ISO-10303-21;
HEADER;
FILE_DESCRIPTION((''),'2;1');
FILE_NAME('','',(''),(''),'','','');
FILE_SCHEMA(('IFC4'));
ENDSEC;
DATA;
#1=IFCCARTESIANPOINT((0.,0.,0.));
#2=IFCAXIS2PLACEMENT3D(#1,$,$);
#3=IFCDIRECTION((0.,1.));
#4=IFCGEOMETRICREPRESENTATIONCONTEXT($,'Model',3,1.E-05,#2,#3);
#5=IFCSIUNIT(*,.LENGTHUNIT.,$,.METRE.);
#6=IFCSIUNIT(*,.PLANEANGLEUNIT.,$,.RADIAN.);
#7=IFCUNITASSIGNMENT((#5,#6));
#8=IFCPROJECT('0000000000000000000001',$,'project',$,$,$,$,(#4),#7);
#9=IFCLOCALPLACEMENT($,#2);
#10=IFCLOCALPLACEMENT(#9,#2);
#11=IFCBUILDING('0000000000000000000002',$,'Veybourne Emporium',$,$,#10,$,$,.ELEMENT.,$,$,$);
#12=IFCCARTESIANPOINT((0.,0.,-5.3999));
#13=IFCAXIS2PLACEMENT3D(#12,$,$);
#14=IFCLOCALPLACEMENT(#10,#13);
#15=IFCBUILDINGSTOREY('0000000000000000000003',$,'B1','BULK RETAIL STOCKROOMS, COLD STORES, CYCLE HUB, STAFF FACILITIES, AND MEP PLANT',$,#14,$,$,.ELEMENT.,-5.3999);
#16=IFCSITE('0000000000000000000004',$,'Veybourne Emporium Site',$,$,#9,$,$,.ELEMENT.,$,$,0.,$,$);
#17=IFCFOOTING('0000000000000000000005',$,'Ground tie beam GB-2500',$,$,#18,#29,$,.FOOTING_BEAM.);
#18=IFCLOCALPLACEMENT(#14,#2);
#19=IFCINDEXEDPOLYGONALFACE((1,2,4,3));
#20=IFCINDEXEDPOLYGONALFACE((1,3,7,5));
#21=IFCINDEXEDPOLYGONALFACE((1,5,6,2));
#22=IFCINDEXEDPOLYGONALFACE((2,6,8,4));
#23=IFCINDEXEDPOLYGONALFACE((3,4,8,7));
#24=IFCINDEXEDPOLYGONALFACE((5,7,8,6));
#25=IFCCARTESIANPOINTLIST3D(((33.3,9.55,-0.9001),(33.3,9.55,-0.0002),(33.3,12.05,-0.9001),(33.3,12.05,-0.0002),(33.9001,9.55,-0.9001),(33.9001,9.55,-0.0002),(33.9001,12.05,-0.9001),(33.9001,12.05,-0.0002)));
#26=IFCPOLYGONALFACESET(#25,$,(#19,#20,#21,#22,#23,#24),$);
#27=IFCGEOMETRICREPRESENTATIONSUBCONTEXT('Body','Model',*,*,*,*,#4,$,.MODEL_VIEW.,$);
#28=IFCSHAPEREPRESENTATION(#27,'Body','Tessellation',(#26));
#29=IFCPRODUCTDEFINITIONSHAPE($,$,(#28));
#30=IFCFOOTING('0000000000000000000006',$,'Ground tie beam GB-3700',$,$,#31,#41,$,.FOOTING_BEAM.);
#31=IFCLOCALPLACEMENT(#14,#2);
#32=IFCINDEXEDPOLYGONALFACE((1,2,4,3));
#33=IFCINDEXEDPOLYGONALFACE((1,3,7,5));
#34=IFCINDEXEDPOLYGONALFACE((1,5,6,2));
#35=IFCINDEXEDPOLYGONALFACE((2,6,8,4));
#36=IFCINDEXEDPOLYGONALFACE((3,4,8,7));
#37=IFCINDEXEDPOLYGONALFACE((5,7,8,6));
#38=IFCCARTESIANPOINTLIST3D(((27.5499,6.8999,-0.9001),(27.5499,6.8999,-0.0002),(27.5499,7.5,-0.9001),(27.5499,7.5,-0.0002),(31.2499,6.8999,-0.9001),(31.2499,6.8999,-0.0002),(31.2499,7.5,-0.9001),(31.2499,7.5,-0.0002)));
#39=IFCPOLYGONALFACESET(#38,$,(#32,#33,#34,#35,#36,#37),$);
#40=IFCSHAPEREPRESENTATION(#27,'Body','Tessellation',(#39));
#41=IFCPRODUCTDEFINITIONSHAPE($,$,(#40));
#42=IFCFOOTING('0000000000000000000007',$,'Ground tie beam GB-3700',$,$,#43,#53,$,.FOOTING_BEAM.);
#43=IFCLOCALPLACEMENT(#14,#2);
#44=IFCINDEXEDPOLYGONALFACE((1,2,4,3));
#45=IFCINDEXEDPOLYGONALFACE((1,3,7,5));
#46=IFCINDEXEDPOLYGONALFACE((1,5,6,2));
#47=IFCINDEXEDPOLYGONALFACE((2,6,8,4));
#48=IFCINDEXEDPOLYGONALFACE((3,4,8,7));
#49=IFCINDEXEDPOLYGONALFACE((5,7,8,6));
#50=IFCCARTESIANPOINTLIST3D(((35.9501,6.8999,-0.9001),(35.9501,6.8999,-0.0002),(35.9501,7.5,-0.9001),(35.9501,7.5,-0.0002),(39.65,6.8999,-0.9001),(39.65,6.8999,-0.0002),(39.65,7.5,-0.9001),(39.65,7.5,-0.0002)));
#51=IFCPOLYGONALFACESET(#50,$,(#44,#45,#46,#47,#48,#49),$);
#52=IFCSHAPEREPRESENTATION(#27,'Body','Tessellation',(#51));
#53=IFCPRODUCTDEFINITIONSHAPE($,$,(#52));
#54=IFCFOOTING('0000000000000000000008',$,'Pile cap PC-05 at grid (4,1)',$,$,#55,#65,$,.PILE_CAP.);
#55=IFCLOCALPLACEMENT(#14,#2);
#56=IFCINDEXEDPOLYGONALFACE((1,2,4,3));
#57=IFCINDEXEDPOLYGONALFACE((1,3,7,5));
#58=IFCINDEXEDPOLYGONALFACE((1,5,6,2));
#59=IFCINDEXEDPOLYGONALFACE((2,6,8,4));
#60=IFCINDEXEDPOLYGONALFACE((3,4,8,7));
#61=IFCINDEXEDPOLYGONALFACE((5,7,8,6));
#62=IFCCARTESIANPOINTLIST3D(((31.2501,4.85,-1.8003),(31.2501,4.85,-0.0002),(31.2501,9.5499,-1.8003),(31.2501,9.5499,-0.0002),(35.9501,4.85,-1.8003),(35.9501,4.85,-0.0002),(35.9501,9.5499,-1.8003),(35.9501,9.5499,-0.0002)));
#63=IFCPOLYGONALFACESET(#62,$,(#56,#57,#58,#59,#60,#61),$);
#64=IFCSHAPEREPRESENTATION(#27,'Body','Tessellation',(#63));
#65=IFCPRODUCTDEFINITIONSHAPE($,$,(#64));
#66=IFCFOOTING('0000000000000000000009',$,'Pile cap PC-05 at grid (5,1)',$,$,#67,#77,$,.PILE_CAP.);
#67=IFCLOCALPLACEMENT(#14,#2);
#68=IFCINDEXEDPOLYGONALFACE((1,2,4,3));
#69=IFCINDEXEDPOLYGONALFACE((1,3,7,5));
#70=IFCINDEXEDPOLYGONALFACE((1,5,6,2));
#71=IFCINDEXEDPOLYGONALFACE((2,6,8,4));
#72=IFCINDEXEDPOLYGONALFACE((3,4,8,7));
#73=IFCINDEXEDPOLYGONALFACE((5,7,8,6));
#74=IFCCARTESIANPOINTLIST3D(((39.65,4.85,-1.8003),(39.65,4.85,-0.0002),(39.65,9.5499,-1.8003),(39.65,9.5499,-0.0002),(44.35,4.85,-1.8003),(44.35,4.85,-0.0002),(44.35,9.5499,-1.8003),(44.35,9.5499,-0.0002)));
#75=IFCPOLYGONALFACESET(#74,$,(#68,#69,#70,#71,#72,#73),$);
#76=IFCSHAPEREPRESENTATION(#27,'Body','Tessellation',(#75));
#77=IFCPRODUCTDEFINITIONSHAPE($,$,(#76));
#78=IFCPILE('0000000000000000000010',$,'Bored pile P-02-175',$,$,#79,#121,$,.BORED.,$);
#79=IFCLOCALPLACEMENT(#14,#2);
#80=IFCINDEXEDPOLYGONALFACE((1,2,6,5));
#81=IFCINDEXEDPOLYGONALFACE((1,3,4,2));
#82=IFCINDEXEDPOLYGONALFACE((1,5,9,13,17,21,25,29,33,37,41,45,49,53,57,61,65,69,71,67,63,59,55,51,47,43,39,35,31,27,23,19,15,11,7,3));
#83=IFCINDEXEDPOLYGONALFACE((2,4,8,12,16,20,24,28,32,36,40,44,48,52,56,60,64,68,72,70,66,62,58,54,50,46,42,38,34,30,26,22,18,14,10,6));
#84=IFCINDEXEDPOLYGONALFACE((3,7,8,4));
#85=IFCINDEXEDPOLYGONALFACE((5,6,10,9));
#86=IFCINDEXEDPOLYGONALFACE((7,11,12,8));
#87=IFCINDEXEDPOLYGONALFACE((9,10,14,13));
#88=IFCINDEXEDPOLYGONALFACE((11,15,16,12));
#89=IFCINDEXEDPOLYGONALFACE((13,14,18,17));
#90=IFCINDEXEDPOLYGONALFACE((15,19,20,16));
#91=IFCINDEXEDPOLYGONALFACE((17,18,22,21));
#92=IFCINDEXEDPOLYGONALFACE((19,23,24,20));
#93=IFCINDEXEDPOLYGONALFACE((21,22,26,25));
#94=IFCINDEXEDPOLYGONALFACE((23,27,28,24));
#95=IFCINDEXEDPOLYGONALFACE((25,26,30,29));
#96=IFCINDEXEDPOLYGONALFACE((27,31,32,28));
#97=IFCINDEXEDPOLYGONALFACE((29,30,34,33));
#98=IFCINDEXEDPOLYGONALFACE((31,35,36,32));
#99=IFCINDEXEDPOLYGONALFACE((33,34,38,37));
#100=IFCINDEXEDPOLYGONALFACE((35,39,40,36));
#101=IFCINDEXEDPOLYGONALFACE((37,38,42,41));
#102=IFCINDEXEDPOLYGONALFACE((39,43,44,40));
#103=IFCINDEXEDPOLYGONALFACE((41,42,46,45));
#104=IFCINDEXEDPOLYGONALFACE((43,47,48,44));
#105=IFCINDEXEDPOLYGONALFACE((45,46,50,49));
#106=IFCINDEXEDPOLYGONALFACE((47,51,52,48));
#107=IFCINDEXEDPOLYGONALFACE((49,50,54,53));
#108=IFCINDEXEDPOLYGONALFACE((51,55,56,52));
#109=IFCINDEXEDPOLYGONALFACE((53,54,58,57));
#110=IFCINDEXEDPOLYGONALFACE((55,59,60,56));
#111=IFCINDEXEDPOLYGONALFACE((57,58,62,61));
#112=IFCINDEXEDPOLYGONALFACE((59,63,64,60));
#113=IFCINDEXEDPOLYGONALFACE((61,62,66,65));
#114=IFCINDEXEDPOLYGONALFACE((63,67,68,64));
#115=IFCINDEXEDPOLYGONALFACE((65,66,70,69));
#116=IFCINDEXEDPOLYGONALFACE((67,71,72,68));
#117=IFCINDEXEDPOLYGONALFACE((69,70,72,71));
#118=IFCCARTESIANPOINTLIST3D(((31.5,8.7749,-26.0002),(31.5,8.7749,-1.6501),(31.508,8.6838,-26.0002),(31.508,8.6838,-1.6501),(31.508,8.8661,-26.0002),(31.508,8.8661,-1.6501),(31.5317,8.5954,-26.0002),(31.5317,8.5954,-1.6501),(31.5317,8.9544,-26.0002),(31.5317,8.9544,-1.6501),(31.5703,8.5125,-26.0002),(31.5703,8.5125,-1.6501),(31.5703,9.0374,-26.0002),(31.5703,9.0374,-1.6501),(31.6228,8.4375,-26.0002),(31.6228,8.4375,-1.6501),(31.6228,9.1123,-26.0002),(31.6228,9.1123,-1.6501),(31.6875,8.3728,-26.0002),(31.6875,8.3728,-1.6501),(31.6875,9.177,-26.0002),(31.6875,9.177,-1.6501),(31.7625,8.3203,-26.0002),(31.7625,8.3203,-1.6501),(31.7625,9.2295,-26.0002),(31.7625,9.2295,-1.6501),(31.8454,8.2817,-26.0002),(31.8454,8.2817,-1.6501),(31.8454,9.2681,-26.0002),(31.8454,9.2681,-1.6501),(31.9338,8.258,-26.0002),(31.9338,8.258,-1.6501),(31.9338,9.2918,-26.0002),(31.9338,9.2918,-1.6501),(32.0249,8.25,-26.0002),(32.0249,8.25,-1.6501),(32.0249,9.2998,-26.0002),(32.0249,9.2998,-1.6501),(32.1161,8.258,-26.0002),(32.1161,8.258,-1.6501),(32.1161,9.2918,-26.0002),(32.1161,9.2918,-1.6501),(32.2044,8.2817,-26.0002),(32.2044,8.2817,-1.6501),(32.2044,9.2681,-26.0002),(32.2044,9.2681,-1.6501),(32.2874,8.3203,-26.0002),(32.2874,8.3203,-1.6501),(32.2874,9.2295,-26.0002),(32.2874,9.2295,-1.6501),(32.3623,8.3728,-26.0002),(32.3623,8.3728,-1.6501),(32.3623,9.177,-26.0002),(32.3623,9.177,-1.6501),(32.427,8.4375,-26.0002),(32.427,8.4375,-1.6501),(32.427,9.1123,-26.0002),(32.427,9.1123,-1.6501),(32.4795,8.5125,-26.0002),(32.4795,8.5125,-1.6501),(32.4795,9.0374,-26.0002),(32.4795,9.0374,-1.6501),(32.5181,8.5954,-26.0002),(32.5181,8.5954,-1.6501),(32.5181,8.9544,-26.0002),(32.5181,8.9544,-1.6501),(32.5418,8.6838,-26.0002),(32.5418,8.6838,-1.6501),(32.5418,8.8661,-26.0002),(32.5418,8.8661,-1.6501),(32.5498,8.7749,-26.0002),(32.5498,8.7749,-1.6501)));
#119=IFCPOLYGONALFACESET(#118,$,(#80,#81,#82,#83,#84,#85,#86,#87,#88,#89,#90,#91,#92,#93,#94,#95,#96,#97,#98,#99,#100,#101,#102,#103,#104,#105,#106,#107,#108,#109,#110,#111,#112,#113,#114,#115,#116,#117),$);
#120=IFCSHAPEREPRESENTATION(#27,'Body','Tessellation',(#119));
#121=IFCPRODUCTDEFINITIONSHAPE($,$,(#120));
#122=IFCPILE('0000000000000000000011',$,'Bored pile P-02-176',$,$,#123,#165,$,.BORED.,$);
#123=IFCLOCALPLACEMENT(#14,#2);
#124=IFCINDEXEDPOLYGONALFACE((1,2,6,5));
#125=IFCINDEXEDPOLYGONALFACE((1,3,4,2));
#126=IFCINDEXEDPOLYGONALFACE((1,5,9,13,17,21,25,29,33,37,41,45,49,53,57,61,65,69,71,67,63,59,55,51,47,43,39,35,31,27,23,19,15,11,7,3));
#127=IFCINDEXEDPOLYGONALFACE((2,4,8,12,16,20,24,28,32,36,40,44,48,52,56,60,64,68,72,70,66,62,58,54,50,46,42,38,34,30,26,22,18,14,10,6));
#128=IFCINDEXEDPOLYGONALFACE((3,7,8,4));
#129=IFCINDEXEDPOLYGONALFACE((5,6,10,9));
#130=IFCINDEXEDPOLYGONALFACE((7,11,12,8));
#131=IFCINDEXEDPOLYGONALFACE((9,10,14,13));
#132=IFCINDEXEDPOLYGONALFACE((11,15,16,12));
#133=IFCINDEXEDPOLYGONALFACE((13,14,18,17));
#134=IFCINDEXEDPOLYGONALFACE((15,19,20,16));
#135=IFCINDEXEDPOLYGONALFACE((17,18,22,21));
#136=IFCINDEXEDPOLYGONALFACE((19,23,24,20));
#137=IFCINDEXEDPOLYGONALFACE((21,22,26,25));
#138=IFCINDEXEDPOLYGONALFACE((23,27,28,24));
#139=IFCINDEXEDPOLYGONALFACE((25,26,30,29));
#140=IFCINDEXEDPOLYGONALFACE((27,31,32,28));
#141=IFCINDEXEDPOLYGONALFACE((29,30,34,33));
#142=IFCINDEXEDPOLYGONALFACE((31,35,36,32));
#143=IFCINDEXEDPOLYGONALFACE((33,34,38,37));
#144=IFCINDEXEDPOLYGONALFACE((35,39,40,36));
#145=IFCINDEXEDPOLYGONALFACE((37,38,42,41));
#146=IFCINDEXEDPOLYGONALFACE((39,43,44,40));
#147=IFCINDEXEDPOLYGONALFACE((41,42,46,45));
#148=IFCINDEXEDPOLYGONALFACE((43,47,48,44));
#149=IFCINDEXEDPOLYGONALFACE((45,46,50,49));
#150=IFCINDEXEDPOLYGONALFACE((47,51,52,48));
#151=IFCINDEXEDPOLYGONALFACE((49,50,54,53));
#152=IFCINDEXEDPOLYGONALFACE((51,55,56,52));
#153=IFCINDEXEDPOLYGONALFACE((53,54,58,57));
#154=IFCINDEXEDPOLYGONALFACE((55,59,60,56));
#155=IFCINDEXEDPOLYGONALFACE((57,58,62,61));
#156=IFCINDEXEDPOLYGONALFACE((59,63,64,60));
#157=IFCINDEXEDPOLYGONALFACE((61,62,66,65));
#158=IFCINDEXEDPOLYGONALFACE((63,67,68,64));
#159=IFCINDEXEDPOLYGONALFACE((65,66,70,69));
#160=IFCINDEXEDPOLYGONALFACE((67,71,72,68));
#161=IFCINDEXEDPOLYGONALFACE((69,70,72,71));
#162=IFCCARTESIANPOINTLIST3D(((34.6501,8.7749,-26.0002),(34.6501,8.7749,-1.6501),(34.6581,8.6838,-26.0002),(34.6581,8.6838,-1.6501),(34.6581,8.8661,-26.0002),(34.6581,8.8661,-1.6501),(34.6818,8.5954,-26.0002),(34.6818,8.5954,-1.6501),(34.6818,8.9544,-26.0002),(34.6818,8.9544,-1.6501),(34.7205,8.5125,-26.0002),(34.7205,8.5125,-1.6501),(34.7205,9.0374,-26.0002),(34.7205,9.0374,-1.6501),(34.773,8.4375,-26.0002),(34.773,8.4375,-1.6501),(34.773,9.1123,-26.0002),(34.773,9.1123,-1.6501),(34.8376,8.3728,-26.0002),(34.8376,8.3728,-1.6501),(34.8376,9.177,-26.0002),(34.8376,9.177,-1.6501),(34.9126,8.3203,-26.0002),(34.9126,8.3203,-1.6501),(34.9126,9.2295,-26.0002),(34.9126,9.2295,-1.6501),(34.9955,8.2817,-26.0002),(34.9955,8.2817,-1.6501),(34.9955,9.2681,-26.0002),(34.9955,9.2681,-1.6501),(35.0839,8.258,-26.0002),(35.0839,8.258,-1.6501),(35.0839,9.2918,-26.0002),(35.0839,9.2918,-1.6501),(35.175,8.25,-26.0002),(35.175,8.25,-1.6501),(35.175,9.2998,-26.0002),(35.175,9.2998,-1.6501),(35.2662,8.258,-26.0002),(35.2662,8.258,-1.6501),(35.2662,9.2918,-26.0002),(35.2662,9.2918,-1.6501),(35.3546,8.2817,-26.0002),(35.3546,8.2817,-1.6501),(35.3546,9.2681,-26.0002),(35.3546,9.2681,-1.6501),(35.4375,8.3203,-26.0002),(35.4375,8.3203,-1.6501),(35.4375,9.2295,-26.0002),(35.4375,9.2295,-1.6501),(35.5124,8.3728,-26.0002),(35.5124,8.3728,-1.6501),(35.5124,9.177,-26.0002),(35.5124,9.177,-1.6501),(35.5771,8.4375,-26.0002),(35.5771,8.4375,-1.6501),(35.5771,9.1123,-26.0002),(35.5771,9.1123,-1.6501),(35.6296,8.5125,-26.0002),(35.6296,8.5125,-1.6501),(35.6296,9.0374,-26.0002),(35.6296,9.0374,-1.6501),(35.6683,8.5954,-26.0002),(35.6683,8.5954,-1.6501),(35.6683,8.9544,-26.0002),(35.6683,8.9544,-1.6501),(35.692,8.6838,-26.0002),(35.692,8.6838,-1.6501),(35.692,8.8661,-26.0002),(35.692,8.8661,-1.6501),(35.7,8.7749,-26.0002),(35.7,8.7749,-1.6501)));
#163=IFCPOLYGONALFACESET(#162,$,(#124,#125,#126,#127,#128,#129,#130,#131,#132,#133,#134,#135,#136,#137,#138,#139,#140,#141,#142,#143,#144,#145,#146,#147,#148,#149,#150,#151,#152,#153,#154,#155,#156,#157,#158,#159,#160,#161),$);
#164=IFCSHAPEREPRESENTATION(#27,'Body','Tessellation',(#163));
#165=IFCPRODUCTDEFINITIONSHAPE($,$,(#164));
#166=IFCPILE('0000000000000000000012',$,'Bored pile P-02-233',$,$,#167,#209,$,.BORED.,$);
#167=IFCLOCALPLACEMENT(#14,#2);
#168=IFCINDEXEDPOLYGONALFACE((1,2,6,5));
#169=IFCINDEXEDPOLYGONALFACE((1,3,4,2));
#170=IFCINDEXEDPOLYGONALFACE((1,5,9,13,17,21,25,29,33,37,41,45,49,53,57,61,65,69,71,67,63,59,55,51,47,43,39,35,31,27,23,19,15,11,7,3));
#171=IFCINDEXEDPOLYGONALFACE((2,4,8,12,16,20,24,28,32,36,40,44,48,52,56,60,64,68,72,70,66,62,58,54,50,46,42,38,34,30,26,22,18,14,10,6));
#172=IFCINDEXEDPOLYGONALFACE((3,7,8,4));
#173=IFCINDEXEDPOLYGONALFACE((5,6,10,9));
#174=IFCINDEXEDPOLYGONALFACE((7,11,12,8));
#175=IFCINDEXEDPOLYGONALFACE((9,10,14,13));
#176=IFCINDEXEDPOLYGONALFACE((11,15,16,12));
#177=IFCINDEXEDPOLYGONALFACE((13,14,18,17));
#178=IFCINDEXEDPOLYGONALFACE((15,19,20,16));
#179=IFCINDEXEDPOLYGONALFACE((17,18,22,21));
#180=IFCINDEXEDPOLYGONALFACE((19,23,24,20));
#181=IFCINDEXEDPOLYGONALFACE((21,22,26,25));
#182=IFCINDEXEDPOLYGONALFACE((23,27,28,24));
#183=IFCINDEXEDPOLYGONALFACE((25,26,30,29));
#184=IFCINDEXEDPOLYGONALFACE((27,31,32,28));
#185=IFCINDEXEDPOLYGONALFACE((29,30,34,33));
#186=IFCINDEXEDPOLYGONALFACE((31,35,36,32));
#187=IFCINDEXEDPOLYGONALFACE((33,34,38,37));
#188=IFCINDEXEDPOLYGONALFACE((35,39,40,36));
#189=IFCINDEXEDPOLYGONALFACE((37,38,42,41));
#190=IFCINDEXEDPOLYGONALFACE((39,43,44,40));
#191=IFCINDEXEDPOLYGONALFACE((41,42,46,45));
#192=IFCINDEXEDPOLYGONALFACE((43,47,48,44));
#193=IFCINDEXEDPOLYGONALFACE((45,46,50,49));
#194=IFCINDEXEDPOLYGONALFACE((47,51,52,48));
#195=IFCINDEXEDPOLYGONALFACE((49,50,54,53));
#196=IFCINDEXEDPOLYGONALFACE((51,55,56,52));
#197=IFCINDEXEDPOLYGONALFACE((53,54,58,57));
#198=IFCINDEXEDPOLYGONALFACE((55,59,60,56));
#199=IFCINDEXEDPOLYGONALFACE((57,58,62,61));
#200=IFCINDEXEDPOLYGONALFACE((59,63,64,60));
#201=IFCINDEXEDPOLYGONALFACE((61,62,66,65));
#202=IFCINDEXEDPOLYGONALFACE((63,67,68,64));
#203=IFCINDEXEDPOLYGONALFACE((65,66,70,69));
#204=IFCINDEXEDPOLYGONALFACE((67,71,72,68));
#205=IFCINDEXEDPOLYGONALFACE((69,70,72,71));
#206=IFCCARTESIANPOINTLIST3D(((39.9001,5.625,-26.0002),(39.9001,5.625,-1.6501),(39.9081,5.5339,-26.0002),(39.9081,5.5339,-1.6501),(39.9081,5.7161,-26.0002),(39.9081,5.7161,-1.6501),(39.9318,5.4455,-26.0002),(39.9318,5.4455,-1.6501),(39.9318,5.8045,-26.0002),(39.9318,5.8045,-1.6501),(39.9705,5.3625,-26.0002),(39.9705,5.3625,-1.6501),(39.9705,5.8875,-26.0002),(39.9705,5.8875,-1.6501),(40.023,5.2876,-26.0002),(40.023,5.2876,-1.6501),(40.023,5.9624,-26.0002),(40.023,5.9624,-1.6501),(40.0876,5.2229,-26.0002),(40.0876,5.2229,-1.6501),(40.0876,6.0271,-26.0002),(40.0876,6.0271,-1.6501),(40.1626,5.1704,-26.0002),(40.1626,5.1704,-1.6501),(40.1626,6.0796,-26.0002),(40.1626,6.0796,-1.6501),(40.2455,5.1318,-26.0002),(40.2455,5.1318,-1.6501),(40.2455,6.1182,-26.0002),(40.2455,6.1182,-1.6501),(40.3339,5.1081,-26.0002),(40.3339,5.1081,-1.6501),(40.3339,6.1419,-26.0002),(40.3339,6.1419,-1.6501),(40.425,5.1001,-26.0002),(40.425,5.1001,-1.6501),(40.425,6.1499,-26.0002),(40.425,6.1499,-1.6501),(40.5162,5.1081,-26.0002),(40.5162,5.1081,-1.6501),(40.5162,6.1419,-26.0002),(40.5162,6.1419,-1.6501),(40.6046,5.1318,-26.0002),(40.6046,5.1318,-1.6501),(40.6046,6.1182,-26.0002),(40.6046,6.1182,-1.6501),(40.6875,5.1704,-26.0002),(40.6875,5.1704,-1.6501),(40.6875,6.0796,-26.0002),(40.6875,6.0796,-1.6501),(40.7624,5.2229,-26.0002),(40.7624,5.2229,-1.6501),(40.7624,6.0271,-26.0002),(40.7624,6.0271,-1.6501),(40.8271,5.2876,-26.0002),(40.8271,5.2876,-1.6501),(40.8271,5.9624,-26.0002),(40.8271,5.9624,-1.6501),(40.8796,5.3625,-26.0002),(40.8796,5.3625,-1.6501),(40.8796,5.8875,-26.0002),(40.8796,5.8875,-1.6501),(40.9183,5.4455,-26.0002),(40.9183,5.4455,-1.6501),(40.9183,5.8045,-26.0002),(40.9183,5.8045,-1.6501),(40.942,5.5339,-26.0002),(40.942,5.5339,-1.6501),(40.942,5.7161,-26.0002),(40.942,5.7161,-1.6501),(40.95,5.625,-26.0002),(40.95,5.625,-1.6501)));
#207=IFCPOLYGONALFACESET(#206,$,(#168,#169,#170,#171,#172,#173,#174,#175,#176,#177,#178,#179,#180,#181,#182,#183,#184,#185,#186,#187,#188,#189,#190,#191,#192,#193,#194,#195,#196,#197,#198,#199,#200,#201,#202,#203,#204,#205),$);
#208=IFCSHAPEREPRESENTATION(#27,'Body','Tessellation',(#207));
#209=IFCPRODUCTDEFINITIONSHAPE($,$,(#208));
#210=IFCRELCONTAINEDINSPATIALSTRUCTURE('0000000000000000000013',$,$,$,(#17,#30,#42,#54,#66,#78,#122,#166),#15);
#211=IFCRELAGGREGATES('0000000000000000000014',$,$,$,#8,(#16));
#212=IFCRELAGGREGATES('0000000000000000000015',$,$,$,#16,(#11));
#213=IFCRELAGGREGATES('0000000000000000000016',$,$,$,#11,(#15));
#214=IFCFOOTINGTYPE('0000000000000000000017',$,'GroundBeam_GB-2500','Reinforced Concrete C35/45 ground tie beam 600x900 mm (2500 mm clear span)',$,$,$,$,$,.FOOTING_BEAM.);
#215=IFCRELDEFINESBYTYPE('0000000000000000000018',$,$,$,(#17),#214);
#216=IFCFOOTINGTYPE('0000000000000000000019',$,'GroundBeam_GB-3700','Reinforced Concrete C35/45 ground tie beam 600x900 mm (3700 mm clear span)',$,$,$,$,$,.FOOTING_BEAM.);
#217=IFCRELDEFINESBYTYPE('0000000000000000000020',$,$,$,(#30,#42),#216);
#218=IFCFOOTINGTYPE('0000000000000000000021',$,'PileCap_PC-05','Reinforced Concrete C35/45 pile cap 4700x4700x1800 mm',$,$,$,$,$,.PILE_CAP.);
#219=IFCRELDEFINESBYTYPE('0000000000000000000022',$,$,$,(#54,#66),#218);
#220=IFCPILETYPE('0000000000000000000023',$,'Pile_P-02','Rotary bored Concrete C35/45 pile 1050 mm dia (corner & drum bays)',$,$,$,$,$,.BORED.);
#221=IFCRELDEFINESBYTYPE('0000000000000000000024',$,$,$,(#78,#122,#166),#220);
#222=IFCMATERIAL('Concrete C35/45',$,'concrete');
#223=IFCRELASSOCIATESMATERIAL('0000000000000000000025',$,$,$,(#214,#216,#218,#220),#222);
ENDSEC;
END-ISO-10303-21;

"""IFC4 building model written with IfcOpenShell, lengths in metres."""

from ifc_helpers import new_model, si_unit, direction, frame, origin, origin_2d, place, context, subcontext, project, spatial, rectangle, circle, extrude, material, material_profile, profile_set, type_object, element, save


model = new_model("IFC4")

# Units and contexts
model_context = context("Model", 3, precision=1e-05, world=origin(), true_north=direction((0.0, 1.0)))
body_context = subcontext(model_context, "Body", "Model", "MODEL_VIEW")
ifc_project = project(units=[si_unit("LENGTHUNIT", "METRE"), si_unit("PLANEANGLEUNIT", "RADIAN")], contexts=[model_context])

# Site, building, storey
site_placement = place(None, origin())
site = spatial("IfcSite", under=ifc_project, at=site_placement, Name="Veybourne Emporium Site", CompositionType="ELEMENT", RefElevation=0.0)
building_placement = place(site_placement, origin())
building = spatial("IfcBuilding", under=site, at=building_placement, Name="Veybourne Emporium", CompositionType="ELEMENT")
storey_placement = place(building_placement, frame((0.0, 0.0, -5.3999)))
storey = spatial("IfcBuildingStorey", under=building, at=storey_placement, Name="B1", Description="BULK RETAIL STOCKROOMS, COLD STORES, CYCLE HUB, STAFF FACILITIES, AND MEP PLANT", CompositionType="ELEMENT", Elevation=-5.3999)

# Footings
ifc_material_1 = material(Name="Concrete C35/45", Category="concrete")
footing_type_1 = type_object("IfcFootingType", Name="GroundBeam_GB-2500", Description="Reinforced Concrete C35/45 ground tie beam 600x900 mm (2500 mm clear span)", PredefinedType="FOOTING_BEAM", material=ifc_material_1)
footing_placement = place(storey_placement, frame((33.6001, 10.8, -0.9001), z_axis=(0.0, 0.0, 1.0), x_axis=(0.0, 1.0, 0.0)))
element("IfcFooting", 1, at=footing_placement, inside=storey, type_object=footing_type_1, Name="Ground tie beam GB-2500", PredefinedType="FOOTING_BEAM", context=body_context, shape_type="SweptSolid", body=[
    extrude(rectangle(XDim=2.5, YDim=0.6001, at=origin_2d()), origin(), (0.0, 0.0, 1.0), 0.8999),
])
footing_type_2 = type_object("IfcFootingType", Name="GroundBeam_GB-3700", Description="Reinforced Concrete C35/45 ground tie beam 600x900 mm (3700 mm clear span)", PredefinedType="FOOTING_BEAM", material=ifc_material_1)
for number, where, z_axis, x_axis, name in (
    (2, (29.3999, 7.2, -0.9001), (0.0, 0.0, 1.0), (1.0, 0.0, 0.0), "Ground tie beam GB-3700"),
    (3, (37.8, 7.2, -0.9001), (0.0, 0.0, 1.0), (1.0, 0.0, 0.0), "Ground tie beam GB-3700"),
):
    element("IfcFooting", number, at=place(storey_placement, frame(where, z_axis=z_axis, x_axis=x_axis)), inside=storey, type_object=footing_type_2, Name=name, PredefinedType="FOOTING_BEAM", context=body_context, shape_type="SweptSolid", body=[
        extrude(rectangle(XDim=3.7, YDim=0.6001, at=origin_2d()), origin(), (0.0, 0.0, 1.0), 0.8999),
    ])
footing_type_3 = type_object("IfcFootingType", Name="PileCap_PC-05", Description="Reinforced Concrete C35/45 pile cap 4700x4700x1800 mm", PredefinedType="PILE_CAP", material=ifc_material_1)
for number, where, z_axis, x_axis, name in (
    (4, (33.6001, 7.2, -1.8003), (0.0, 0.0, 1.0), (1.0, 0.0, 0.0), "Pile cap PC-05 at grid (4,1)"),
    (5, (42.0, 7.2, -1.8003), (0.0, 0.0, 1.0), (1.0, 0.0, 0.0), "Pile cap PC-05 at grid (5,1)"),
):
    element("IfcFooting", number, at=place(storey_placement, frame(where, z_axis=z_axis, x_axis=x_axis)), inside=storey, type_object=footing_type_3, Name=name, PredefinedType="PILE_CAP", context=body_context, shape_type="SweptSolid", body=[
        extrude(rectangle(XDim=4.7, YDim=4.7, at=origin_2d()), origin(), (0.0, 0.0, 1.0), 1.8),
    ])

# Piles
ifc_material_profile_1 = material_profile(ifc_material_1, circle(Radius=0.5249, at=origin_2d()), Name="BORED PILE 1050")
ifc_profile_set_1 = profile_set([ifc_material_profile_1], Name="Concrete C35/45")
pile_type_1 = type_object("IfcPileType", Name="Pile_P-02", Description="Rotary bored Concrete C35/45 pile 1050 mm dia (corner & drum bays)", PredefinedType="BORED", material=ifc_profile_set_1)
for number, where, z_axis, x_axis, name in (
    (6, (32.0249, 8.7749, -1.6501), (0.0, 0.0, -1.0), (1.0, 0.0, 0.0), "Bored pile P-02-175"),
    (7, (35.175, 8.7749, -1.6501), (0.0, 0.0, -1.0), (1.0, 0.0, 0.0), "Bored pile P-02-176"),
    (8, (40.425, 5.625, -1.6501), (0.0, 0.0, -1.0), (1.0, 0.0, 0.0), "Bored pile P-02-233"),
):
    element("IfcPile", number, at=place(storey_placement, frame(where, z_axis=z_axis, x_axis=x_axis)), inside=storey, type_object=pile_type_1, Name=name, PredefinedType="BORED", context=body_context, shape_type="SweptSolid", body=[
        extrude(circle(Radius=0.5249, at=origin_2d()), origin(), (0.0, 0.0, 1.0), 24.3501),
    ])

save(model, "model.ifc")
